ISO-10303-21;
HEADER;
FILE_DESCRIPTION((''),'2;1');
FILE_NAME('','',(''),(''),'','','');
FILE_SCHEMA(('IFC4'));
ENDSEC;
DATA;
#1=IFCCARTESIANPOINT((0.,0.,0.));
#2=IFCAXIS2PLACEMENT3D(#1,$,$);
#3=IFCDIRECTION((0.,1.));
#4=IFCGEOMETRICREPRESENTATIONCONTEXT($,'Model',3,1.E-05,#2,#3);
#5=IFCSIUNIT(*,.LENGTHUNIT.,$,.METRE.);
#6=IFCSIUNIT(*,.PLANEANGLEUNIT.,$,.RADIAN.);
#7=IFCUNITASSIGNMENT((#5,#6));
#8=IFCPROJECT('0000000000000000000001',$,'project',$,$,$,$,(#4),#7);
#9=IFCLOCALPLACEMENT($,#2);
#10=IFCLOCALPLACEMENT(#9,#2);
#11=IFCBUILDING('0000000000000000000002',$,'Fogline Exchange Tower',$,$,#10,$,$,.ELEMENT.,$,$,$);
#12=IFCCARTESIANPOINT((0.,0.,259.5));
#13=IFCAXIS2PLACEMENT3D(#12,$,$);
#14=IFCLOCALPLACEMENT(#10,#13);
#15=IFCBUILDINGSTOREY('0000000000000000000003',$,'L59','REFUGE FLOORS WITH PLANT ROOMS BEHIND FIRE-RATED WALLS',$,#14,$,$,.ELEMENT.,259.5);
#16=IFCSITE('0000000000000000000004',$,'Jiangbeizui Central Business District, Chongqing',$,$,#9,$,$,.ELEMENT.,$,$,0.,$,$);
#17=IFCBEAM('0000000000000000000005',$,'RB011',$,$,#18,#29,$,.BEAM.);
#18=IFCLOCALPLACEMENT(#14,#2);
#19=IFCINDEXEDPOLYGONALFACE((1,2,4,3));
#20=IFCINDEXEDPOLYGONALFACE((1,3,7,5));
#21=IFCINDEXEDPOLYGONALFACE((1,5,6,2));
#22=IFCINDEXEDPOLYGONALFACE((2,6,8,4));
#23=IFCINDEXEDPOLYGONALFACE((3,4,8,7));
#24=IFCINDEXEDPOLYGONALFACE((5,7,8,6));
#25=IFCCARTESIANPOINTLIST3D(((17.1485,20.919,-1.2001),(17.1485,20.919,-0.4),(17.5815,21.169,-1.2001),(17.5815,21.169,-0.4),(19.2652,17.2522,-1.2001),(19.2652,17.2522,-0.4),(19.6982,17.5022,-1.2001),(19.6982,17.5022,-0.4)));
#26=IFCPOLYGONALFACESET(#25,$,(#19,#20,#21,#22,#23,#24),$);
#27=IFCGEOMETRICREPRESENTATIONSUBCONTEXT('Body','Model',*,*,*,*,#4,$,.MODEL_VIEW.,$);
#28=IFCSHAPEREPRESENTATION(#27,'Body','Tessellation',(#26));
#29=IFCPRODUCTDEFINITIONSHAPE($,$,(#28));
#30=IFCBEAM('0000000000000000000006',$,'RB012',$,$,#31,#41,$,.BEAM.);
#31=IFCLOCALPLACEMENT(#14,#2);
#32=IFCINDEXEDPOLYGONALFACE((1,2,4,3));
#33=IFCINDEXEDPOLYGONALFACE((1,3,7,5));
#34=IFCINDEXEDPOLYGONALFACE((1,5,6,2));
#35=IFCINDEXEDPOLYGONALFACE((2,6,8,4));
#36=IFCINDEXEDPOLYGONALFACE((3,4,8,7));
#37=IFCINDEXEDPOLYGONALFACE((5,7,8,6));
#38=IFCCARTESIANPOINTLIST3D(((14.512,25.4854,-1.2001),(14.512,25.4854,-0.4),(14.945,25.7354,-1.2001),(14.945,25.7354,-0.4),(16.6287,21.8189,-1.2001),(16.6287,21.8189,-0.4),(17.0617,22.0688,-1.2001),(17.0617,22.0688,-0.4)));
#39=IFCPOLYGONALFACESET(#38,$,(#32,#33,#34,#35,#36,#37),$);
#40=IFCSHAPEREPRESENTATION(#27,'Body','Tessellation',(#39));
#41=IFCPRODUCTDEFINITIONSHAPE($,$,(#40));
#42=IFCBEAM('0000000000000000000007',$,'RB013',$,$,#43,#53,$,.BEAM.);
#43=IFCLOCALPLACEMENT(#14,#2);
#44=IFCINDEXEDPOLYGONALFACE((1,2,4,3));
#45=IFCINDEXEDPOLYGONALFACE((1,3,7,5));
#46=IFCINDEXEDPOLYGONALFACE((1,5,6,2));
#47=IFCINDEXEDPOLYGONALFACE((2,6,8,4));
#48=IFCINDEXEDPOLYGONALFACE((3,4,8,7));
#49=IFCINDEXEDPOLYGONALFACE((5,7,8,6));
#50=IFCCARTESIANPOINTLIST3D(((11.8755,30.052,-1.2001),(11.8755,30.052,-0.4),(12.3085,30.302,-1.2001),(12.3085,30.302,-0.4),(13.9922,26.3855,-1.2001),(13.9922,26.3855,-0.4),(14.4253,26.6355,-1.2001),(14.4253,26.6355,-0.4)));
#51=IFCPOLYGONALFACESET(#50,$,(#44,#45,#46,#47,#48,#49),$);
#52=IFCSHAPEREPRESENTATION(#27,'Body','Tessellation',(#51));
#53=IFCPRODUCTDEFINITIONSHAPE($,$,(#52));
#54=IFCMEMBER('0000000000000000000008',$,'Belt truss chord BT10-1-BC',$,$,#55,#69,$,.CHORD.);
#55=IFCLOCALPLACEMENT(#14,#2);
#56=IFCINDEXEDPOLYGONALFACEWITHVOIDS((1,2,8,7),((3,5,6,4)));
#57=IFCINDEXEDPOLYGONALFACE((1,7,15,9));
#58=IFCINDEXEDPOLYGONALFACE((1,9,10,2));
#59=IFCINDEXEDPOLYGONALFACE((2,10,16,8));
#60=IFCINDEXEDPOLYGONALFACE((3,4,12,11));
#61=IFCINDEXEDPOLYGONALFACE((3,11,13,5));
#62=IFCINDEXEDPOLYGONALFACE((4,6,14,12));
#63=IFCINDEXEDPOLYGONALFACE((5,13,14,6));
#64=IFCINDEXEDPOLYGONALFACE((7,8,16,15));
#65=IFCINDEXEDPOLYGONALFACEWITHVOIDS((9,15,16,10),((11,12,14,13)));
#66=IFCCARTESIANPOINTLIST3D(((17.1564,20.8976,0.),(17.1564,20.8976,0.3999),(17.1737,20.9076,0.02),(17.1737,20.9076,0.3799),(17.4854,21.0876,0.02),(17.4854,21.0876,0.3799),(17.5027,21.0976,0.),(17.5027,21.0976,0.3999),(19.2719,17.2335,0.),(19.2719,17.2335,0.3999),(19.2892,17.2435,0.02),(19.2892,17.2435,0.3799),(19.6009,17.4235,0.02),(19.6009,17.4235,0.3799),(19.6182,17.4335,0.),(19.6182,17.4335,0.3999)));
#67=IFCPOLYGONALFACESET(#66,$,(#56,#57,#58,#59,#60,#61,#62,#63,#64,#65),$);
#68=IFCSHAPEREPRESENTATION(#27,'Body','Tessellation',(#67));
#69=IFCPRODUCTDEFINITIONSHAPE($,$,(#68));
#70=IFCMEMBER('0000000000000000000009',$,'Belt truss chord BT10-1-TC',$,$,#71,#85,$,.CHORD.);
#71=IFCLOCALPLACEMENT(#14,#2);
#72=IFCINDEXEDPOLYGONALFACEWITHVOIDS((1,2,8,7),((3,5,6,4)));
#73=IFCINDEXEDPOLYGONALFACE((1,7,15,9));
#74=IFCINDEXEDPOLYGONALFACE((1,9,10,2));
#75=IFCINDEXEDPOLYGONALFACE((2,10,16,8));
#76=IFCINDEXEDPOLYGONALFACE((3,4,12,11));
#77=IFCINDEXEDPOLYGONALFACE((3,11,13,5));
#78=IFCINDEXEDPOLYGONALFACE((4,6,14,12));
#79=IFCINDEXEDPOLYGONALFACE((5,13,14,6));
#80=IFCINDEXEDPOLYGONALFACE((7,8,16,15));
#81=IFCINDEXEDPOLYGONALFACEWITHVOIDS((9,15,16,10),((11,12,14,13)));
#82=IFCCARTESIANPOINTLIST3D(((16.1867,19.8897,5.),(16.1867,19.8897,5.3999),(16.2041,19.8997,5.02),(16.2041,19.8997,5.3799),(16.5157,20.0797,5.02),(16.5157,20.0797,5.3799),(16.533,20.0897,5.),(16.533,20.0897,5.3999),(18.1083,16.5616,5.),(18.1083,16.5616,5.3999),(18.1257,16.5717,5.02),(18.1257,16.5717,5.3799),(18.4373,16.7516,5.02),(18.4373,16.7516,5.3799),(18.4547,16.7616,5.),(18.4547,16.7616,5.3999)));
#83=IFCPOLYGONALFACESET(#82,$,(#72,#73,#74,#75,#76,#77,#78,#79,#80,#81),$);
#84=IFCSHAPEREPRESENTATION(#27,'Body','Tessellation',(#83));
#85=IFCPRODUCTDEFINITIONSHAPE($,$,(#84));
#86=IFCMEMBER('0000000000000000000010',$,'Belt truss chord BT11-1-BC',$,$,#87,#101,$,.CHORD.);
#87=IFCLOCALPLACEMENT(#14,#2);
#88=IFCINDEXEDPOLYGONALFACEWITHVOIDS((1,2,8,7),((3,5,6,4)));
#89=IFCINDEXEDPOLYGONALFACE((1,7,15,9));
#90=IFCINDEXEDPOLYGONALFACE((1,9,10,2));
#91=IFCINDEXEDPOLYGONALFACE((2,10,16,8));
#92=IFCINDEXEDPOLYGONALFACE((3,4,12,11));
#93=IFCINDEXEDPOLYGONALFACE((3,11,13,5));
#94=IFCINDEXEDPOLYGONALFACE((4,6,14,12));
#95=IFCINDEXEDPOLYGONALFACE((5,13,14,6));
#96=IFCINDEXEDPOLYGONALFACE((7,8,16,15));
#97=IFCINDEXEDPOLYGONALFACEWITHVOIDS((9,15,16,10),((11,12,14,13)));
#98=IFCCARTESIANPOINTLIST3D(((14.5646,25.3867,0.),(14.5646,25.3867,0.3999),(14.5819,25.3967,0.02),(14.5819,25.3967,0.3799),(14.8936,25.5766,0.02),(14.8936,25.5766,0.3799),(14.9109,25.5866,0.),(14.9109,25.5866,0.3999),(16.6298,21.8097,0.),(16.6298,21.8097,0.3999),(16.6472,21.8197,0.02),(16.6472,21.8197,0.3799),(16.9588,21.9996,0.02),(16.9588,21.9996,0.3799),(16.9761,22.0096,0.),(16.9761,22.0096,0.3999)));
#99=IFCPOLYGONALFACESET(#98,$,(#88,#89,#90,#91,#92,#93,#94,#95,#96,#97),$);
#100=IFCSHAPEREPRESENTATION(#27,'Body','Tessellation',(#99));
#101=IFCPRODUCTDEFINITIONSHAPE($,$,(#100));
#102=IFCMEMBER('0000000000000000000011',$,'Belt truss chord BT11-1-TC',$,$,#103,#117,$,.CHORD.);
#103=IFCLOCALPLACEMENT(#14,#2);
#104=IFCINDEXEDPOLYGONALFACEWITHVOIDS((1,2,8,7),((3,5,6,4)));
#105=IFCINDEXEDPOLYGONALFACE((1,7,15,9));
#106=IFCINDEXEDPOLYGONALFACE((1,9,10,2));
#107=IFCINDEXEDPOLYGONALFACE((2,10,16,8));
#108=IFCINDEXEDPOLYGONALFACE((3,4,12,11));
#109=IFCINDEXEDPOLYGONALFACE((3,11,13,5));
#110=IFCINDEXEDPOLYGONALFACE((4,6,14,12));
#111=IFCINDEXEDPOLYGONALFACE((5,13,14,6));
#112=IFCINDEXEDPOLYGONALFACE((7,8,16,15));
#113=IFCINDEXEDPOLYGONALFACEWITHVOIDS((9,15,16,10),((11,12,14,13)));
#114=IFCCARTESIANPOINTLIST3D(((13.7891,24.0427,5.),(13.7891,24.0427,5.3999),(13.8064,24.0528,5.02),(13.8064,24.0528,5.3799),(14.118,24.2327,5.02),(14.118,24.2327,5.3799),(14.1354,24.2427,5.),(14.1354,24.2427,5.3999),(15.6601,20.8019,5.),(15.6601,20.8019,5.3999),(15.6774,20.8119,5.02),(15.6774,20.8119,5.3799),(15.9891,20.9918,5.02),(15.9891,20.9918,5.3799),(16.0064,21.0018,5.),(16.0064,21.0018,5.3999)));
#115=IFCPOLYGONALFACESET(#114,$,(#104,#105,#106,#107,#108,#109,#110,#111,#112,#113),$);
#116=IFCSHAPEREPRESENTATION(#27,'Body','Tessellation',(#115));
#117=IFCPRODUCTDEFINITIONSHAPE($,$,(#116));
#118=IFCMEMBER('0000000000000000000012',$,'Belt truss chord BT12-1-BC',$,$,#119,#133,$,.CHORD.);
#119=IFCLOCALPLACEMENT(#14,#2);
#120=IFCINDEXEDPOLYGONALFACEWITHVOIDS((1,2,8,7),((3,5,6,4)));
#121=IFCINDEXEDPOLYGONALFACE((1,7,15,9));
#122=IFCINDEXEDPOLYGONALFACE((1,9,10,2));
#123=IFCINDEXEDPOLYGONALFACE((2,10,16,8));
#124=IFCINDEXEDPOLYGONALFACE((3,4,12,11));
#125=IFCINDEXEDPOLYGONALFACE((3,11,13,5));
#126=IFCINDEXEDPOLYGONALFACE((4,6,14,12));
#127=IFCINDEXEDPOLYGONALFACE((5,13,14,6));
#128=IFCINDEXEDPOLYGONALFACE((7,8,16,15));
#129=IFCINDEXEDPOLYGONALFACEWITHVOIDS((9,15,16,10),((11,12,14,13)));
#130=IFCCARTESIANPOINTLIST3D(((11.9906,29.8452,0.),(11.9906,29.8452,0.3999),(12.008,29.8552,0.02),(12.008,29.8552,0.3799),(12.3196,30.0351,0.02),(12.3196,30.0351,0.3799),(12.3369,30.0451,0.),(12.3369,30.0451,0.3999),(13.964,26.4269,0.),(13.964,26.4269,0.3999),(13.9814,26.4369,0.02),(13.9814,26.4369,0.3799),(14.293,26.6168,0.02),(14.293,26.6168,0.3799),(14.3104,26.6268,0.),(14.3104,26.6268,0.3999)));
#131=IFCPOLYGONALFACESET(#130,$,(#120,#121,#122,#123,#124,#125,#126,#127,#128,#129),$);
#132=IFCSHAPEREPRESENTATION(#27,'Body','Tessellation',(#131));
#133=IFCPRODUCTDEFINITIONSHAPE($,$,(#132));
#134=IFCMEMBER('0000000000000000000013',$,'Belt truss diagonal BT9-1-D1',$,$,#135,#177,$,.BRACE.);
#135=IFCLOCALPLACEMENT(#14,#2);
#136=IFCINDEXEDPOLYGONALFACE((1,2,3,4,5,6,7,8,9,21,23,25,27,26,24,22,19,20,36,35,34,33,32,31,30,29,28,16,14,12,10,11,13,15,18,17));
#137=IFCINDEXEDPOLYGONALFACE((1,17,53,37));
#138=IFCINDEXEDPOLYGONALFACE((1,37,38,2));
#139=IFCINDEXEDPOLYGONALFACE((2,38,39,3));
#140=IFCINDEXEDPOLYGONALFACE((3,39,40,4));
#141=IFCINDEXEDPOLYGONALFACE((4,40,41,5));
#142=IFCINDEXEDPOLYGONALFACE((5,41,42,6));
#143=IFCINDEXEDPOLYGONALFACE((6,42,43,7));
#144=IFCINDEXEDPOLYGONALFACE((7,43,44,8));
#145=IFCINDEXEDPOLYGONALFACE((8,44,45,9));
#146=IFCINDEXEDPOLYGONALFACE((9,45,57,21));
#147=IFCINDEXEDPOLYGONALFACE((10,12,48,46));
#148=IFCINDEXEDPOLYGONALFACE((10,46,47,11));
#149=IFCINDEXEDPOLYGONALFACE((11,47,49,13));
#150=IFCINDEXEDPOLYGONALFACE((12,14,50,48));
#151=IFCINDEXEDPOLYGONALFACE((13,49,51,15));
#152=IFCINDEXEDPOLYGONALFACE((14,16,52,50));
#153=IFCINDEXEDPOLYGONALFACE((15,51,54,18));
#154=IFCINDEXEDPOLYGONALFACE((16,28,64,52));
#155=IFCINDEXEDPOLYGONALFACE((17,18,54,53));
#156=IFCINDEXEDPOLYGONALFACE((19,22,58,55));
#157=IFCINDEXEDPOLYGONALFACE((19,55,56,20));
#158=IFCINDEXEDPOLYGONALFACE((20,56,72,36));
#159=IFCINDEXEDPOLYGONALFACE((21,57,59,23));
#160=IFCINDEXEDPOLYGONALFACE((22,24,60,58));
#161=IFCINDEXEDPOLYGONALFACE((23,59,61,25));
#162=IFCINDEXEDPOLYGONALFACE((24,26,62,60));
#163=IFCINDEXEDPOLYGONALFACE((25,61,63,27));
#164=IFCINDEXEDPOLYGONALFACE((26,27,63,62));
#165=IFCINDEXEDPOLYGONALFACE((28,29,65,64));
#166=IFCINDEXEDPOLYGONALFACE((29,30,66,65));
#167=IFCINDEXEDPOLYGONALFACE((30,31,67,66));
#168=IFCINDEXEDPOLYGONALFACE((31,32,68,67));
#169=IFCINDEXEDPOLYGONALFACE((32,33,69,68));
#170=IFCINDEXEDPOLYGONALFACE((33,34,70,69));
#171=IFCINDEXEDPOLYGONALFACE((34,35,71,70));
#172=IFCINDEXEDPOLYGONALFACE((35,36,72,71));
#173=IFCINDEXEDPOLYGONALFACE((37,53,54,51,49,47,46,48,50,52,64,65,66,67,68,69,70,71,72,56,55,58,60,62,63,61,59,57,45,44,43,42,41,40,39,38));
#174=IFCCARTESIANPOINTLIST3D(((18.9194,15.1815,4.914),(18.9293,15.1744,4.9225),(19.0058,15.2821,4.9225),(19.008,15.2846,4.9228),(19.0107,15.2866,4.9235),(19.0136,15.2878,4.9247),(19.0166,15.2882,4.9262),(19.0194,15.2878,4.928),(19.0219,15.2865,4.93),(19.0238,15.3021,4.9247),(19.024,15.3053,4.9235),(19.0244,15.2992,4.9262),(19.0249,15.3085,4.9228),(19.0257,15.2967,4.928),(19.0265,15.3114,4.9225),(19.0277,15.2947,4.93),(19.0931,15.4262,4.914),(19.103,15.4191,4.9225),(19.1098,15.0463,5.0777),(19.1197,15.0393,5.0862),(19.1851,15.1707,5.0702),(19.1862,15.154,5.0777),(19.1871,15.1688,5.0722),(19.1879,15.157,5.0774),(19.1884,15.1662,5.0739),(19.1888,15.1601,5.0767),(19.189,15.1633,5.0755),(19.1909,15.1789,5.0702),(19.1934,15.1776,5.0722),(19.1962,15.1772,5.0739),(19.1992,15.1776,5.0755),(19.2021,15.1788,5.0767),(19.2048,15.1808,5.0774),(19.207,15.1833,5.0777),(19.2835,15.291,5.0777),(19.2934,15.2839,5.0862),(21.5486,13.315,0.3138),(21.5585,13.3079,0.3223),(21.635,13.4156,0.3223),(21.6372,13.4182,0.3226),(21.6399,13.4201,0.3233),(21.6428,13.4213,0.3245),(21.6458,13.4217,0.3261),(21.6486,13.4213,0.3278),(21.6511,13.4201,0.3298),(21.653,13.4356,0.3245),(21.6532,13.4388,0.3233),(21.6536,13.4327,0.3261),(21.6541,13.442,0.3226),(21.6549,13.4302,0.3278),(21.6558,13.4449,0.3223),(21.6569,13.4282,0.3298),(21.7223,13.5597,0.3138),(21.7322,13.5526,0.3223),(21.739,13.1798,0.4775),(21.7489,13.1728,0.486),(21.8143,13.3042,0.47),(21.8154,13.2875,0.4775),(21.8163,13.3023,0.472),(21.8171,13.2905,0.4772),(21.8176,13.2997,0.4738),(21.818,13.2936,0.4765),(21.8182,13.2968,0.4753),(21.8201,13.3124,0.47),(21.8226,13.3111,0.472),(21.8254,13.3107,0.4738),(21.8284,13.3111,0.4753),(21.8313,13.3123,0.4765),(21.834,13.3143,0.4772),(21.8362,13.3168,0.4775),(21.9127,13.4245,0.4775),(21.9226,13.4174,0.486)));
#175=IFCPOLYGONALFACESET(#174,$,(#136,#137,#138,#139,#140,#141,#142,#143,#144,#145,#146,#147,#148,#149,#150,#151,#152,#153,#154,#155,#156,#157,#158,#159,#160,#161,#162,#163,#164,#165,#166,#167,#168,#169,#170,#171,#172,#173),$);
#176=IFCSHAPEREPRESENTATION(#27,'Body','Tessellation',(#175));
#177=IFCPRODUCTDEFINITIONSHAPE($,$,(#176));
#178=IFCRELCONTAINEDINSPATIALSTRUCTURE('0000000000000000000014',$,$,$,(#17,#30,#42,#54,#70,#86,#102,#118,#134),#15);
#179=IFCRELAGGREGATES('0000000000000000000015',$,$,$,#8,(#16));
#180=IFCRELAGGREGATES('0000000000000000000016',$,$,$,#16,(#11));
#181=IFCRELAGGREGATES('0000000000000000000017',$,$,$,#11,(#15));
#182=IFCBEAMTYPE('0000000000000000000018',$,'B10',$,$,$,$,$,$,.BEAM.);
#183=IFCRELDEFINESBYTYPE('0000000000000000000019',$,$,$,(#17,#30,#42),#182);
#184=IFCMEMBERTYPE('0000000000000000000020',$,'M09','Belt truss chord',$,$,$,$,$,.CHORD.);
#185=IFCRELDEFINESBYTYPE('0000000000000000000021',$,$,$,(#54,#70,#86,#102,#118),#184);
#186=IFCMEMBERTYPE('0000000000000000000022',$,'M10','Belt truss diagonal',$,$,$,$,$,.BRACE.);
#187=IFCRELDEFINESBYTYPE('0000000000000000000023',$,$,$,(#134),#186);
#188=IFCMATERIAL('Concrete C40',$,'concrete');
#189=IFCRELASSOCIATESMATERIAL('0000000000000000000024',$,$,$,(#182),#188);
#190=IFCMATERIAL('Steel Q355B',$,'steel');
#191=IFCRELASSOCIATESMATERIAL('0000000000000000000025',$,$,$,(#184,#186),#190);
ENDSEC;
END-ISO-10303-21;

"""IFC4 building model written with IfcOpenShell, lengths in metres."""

from ifc_helpers import new_model, si_unit, direction, frame, origin, origin_2d, place, context, subcontext, project, spatial, rectangle, hollow_rectangle, i_section, extrude, material, material_profile, profile_set, type_object, element, save


model = new_model("IFC4")

# Units and contexts
model_context = context("Model", 3, precision=1e-05, world=origin(), true_north=direction((0.0, 1.0)))
body_context = subcontext(model_context, "Body", "Model", "MODEL_VIEW")
ifc_project = project(units=[si_unit("LENGTHUNIT", "METRE"), si_unit("PLANEANGLEUNIT", "RADIAN")], contexts=[model_context])

# Site, building, storey
site_placement = place(None, origin())
site = spatial("IfcSite", under=ifc_project, at=site_placement, Name="Jiangbeizui Central Business District, Chongqing", CompositionType="ELEMENT", RefElevation=0.0)
building_placement = place(site_placement, origin())
building = spatial("IfcBuilding", under=site, at=building_placement, Name="Fogline Exchange Tower", CompositionType="ELEMENT")
storey_placement = place(building_placement, frame((0.0, 0.0, 259.5)))
storey = spatial("IfcBuildingStorey", under=building, at=storey_placement, Name="L59", Description="REFUGE FLOORS WITH PLANT ROOMS BEHIND FIRE-RATED WALLS", CompositionType="ELEMENT", Elevation=259.5)

# Beams
ifc_material_1 = material(Name="Concrete C40", Category="concrete")
ifc_material_profile_1 = material_profile(ifc_material_1, rectangle(XDim=0.5, YDim=0.8, at=origin_2d()), Name="RC 500x800")
ifc_profile_set_1 = profile_set([ifc_material_profile_1], Name="Concrete C40")
beam_type = type_object("IfcBeamType", Name="B10", PredefinedType="BEAM", material=ifc_profile_set_1)
beam_placement = place(storey_placement, frame((19.4817, 17.3772, -0.8), z_axis=(-0.499947, 0.866056, 0.0), x_axis=(-0.866056, -0.499947, 0.0)))
element("IfcBeam", 1, at=beam_placement, inside=storey, type_object=beam_type, Name="RB011", PredefinedType="BEAM", context=body_context, shape_type="SweptSolid", body=[
    extrude(rectangle(XDim=0.5, YDim=0.8, at=origin_2d()), origin(), (0.0, 0.0, 1.0), 4.2339),
])
for number, where, z_axis, x_axis, name in (
    (2, (16.8452, 21.9438, -0.8), (-0.499972, 0.866042, 0.0), (-0.866042, -0.499972, 0.0), "RB012"),
    (3, (14.2087, 26.5105, -0.8), (-0.499972, 0.866042, 0.0), (-0.866042, -0.499972, 0.0), "RB013"),
):
    element("IfcBeam", number, at=place(storey_placement, frame(where, z_axis=z_axis, x_axis=x_axis)), inside=storey, type_object=beam_type, Name=name, PredefinedType="BEAM", context=body_context, shape_type="SweptSolid", body=[
        extrude(rectangle(XDim=0.5, YDim=0.8, at=origin_2d()), origin(), (0.0, 0.0, 1.0), 4.2336),
    ])

# Members
ifc_material_2 = material(Name="Steel Q355B", Category="steel")
ifc_material_profile_2 = material_profile(ifc_material_2, hollow_rectangle(XDim=0.3999, YDim=0.3999, WallThickness=0.02, at=origin_2d()), Name="BOX400X400X20")
ifc_profile_set_2 = profile_set([ifc_material_profile_2], Name="Steel Q355B")
member_type_1 = type_object("IfcMemberType", Name="M09", Description="Belt truss chord", PredefinedType="CHORD", material=ifc_profile_set_2)
member_1_placement = place(storey_placement, frame((19.4451, 17.3335, 0.2), z_axis=(-0.500006, 0.866022, 0.0), x_axis=(-0.866022, -0.500006, 0.0)))
element("IfcMember", 4, at=member_1_placement, inside=storey, type_object=member_type_1, Name="Belt truss chord BT10-1-BC", PredefinedType="CHORD", context=body_context, shape_type="SweptSolid", body=[
    extrude(hollow_rectangle(XDim=0.3999, YDim=0.3999, WallThickness=0.02, at=origin_2d()), origin(), (0.0, 0.0, 1.0), 4.231),
])
member_2_placement = place(storey_placement, frame((18.2815, 16.6616, 5.2), z_axis=(-0.500027, 0.86601, 0.0), x_axis=(-0.86601, -0.500027, 0.0)))
element("IfcMember", 5, at=member_2_placement, inside=storey, type_object=member_type_1, Name="Belt truss chord BT10-1-TC", PredefinedType="CHORD", context=body_context, shape_type="SweptSolid", body=[
    extrude(hollow_rectangle(XDim=0.3999, YDim=0.3999, WallThickness=0.02, at=origin_2d()), origin(), (0.0, 0.0, 1.0), 3.843),
])
member_3_placement = place(storey_placement, frame((16.803, 21.9097, 0.2), z_axis=(-0.500011, 0.866019, 0.0), x_axis=(-0.866019, -0.500011, 0.0)))
element("IfcMember", 6, at=member_3_placement, inside=storey, type_object=member_type_1, Name="Belt truss chord BT11-1-BC", PredefinedType="CHORD", context=body_context, shape_type="SweptSolid", body=[
    extrude(hollow_rectangle(XDim=0.3999, YDim=0.3999, WallThickness=0.02, at=origin_2d()), origin(), (0.0, 0.0, 1.0), 4.1304),
])
member_4_placement = place(storey_placement, frame((15.8333, 20.9019, 5.2), z_axis=(-0.499984, 0.866035, 0.0), x_axis=(-0.866035, -0.499984, 0.0)))
element("IfcMember", 7, at=member_4_placement, inside=storey, type_object=member_type_1, Name="Belt truss chord BT11-1-TC", PredefinedType="CHORD", context=body_context, shape_type="SweptSolid", body=[
    extrude(hollow_rectangle(XDim=0.3999, YDim=0.3999, WallThickness=0.02, at=origin_2d()), origin(), (0.0, 0.0, 1.0), 3.7422),
])
member_5_placement = place(storey_placement, frame((14.1372, 26.5269, 0.2), z_axis=(-0.499978, 0.866038, 0.0), x_axis=(-0.866038, -0.499978, 0.0)))
element("IfcMember", 8, at=member_5_placement, inside=storey, type_object=member_type_1, Name="Belt truss chord BT12-1-BC", PredefinedType="CHORD", context=body_context, shape_type="SweptSolid", body=[
    extrude(hollow_rectangle(XDim=0.3999, YDim=0.3999, WallThickness=0.02, at=origin_2d()), origin(), (0.0, 0.0, 1.0), 3.947),
])
ifc_material_profile_3 = material_profile(ifc_material_2, i_section(OverallWidth=0.3, OverallDepth=0.3, WebThickness=0.01, FlangeThickness=0.0149, FilletRadius=0.0129, at=origin_2d()), Name="HW300X300X10X15")
ifc_profile_set_3 = profile_set([ifc_material_profile_3], Name="Steel Q355B")
member_type_2 = type_object("IfcMemberType", Name="M10", Description="Belt truss diagonal", PredefinedType="BRACE", material=ifc_profile_set_3)
member_6_placement = place(storey_placement, frame((21.7356, 13.3662, 0.3999), z_axis=(-0.468024, 0.332254, 0.818878), x_axis=(-0.578872, -0.815418, 0.0)))
element("IfcMember", 9, at=member_6_placement, inside=storey, type_object=member_type_2, Name="Belt truss diagonal BT9-1-D1", PredefinedType="BRACE", context=body_context, shape_type="SweptSolid", body=[
    extrude(i_section(OverallWidth=0.3, OverallDepth=0.3, WebThickness=0.01, FlangeThickness=0.0149, FilletRadius=0.0129, at=origin_2d()), origin(), (0.0, 0.0, 1.0), 5.6177),
])

save(model, "model.ifc")
